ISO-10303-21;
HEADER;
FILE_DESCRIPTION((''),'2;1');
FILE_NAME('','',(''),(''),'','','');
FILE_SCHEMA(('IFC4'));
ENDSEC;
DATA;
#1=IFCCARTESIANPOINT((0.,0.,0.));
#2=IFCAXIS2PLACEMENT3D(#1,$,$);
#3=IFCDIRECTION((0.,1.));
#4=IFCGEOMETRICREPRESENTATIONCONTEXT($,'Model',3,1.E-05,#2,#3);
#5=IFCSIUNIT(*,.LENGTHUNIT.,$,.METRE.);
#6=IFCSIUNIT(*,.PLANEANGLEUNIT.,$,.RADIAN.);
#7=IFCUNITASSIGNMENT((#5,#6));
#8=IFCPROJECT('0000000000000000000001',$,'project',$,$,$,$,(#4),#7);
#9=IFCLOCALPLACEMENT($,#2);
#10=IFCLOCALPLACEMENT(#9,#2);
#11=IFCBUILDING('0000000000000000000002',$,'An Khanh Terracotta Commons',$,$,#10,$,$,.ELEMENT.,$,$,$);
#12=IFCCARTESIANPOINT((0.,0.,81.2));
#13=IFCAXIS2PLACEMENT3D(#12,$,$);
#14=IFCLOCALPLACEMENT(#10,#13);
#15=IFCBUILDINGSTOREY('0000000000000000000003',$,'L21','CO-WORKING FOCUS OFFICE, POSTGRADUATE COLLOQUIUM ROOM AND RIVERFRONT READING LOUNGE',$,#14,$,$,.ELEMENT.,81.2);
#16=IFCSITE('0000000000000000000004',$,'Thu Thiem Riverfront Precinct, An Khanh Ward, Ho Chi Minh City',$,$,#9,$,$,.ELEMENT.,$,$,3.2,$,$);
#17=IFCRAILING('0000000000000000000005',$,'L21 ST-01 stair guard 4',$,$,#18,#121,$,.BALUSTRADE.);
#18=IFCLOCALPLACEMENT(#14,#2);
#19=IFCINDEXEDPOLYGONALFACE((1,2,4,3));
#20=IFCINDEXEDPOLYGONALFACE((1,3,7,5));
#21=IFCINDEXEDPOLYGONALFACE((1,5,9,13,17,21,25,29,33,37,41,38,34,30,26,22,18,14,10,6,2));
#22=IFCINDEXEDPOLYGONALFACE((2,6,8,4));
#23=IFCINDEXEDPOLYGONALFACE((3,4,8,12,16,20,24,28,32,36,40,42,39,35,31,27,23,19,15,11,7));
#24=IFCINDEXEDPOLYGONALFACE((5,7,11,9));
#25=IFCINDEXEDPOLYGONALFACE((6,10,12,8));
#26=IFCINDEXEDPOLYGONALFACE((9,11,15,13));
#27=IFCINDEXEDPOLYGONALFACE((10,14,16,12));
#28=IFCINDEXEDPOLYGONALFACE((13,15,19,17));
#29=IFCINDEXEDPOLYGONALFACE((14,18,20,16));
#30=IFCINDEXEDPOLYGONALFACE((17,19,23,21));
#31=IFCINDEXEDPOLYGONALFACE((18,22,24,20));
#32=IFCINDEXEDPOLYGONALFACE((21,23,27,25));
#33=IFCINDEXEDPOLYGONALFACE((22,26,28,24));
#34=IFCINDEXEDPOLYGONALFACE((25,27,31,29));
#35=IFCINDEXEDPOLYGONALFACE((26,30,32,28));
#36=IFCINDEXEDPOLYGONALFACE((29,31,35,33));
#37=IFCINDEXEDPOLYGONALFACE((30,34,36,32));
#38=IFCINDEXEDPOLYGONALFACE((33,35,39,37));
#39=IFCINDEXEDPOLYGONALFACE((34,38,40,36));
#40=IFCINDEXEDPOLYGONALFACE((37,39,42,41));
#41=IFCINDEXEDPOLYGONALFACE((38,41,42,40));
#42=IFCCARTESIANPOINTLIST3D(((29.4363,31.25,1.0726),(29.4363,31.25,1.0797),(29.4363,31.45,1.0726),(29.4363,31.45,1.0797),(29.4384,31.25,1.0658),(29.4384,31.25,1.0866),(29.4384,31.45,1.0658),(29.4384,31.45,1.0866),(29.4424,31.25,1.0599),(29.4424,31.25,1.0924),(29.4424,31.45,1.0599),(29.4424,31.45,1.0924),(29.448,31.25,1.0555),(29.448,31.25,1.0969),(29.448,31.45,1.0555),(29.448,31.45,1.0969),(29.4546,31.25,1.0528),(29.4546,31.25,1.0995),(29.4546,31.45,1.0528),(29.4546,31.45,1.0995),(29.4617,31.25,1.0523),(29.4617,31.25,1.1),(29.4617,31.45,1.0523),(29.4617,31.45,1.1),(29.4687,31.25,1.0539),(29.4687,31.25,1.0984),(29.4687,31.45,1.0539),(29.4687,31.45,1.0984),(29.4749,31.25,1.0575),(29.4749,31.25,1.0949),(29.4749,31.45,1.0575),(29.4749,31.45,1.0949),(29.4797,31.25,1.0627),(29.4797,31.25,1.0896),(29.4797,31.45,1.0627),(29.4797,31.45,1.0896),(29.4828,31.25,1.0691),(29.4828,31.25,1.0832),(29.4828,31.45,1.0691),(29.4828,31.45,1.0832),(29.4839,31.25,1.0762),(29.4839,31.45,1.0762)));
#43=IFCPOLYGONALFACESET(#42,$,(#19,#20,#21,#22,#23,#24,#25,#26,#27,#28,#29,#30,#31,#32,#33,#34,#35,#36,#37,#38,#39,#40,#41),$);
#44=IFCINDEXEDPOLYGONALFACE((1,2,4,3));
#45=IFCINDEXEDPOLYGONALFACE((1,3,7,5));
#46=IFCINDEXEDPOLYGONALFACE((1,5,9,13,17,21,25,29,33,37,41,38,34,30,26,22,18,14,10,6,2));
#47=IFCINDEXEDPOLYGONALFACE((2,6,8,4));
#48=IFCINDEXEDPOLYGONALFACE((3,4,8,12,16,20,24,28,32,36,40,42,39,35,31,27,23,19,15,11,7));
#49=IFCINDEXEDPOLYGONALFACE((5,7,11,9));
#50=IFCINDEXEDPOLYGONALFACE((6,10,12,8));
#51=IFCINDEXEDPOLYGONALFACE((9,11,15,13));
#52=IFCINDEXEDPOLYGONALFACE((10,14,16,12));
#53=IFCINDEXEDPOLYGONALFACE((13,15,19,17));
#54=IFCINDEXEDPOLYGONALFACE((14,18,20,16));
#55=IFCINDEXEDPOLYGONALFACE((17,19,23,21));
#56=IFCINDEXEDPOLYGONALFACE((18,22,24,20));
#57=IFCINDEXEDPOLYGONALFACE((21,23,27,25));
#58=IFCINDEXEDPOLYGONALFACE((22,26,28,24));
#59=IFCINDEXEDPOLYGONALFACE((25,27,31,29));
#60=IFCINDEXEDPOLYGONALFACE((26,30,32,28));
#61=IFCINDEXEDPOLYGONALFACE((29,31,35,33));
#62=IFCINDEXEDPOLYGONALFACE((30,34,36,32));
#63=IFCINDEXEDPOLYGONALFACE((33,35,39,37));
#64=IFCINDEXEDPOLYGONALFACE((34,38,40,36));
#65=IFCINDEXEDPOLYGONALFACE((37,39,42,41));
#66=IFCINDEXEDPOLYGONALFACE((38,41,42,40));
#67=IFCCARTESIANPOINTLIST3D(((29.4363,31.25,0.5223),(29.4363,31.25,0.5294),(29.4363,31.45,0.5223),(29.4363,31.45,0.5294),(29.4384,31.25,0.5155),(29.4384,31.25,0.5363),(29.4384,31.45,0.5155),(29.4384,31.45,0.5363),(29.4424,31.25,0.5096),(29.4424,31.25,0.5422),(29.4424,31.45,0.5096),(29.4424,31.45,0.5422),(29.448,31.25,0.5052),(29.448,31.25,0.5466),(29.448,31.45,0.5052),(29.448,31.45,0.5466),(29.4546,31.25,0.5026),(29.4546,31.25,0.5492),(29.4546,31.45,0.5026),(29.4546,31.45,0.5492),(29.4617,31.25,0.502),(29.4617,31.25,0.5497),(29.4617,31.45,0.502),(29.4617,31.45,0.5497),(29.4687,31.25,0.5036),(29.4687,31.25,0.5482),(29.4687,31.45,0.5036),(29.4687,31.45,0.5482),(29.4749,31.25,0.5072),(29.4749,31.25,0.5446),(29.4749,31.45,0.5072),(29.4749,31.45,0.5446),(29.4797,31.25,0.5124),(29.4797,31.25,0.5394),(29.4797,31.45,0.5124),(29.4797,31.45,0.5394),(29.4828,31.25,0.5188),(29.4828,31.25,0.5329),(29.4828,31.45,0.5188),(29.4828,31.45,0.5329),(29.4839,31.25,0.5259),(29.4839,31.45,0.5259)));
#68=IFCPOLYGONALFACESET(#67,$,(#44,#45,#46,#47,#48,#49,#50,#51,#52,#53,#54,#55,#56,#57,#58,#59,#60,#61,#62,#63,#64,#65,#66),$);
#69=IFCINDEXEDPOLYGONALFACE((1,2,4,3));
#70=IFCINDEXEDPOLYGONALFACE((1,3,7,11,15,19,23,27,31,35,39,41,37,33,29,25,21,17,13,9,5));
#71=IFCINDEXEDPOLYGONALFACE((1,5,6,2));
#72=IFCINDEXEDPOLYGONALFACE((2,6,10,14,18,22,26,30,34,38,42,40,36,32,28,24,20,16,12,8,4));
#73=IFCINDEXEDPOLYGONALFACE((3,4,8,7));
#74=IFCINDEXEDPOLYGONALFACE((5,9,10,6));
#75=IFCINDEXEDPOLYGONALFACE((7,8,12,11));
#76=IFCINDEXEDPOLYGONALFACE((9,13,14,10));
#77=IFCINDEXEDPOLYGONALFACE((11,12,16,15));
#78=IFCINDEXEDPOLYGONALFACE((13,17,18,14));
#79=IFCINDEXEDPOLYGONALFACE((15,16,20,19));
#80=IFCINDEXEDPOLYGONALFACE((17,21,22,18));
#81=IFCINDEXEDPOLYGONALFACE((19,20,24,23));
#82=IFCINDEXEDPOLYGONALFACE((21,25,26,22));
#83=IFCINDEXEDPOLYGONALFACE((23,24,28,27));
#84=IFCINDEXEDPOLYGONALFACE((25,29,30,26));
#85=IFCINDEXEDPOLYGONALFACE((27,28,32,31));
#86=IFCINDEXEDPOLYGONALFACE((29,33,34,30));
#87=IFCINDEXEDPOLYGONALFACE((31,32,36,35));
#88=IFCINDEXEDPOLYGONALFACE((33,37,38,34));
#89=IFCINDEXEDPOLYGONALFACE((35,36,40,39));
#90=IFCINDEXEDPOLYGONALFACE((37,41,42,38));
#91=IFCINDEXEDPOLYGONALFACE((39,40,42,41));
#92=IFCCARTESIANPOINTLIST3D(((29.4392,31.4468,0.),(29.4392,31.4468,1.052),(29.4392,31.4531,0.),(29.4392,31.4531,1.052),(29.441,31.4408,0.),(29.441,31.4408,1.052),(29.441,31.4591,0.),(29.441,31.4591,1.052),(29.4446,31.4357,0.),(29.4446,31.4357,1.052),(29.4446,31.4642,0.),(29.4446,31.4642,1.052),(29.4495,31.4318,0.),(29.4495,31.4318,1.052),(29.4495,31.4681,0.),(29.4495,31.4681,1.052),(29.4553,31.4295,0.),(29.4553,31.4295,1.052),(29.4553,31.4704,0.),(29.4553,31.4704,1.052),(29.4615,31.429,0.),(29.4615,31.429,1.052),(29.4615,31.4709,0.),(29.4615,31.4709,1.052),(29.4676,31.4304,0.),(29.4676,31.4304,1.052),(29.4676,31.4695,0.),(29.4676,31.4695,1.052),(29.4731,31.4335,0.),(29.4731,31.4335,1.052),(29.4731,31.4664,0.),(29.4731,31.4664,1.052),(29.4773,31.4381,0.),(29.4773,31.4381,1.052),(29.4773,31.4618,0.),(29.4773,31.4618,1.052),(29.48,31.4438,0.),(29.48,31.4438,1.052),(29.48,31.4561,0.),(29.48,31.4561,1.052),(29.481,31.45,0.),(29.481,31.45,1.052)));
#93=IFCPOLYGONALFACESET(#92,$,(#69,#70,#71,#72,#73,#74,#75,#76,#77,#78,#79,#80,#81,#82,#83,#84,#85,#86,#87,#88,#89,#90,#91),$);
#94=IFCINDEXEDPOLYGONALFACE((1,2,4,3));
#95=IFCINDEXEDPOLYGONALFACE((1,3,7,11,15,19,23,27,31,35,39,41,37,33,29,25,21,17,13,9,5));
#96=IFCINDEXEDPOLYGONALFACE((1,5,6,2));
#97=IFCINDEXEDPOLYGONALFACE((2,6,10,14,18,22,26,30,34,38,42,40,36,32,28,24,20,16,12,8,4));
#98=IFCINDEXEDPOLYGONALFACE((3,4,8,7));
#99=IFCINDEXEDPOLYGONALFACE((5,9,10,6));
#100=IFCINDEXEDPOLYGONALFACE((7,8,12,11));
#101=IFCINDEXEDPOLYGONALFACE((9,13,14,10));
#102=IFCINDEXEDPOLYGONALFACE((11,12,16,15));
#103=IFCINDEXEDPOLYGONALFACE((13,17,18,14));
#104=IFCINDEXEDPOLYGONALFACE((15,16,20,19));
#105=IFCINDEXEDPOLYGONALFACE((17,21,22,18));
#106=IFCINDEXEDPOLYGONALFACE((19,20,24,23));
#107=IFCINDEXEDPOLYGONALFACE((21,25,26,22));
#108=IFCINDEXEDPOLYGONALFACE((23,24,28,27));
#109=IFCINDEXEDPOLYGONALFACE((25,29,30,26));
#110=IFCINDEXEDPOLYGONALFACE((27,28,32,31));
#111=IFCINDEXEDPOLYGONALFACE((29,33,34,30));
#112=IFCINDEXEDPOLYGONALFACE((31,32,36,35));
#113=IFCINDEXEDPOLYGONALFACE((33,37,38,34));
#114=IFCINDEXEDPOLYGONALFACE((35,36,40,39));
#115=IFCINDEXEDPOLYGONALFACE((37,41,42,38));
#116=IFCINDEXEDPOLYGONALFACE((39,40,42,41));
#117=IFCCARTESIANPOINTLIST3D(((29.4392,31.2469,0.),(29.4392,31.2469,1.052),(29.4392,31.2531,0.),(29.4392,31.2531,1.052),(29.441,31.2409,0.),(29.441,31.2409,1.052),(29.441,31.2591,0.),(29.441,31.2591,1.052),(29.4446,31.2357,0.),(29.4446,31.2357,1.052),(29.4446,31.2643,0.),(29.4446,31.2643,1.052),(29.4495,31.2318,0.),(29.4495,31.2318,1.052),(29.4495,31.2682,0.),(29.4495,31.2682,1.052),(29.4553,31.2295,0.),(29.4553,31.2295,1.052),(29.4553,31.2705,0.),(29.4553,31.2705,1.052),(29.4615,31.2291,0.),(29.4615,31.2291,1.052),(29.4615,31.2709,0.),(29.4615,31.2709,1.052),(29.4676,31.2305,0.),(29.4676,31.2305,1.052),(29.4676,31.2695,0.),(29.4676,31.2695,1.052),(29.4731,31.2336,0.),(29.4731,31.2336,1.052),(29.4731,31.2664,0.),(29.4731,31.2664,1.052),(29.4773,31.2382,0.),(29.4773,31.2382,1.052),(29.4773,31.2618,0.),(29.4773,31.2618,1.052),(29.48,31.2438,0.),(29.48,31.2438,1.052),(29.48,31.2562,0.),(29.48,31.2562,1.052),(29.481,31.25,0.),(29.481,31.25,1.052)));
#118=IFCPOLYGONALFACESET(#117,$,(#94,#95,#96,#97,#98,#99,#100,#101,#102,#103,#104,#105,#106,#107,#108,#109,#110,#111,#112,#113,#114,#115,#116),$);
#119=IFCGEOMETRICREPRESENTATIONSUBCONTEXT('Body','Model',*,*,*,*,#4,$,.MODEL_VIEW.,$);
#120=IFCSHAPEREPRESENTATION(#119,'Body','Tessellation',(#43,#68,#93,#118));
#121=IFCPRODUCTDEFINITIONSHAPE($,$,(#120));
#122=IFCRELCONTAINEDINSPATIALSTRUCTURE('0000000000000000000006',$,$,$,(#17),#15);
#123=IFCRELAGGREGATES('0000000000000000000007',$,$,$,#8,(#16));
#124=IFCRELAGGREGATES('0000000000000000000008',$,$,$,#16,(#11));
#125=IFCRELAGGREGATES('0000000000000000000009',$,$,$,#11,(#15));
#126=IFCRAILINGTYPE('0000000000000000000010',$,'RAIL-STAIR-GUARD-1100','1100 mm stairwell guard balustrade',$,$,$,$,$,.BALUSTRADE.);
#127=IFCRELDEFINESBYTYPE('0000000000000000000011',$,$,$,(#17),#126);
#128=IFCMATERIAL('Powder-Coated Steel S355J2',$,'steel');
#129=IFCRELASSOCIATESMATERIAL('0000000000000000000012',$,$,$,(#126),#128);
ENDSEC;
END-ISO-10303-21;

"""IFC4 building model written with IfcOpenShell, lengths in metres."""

from ifc_helpers import new_model, si_unit, direction, frame, origin, origin_2d, place, context, subcontext, project, spatial, circle, extrude, material, type_object, element, save


model = new_model("IFC4")

# Units and contexts
model_context = context("Model", 3, precision=1e-05, world=origin(), true_north=direction((0.0, 1.0)))
body_context = subcontext(model_context, "Body", "Model", "MODEL_VIEW")
ifc_project = project(units=[si_unit("LENGTHUNIT", "METRE"), si_unit("PLANEANGLEUNIT", "RADIAN")], contexts=[model_context])

# Site, building, storey
site_placement = place(None, origin())
site = spatial("IfcSite", under=ifc_project, at=site_placement, Name="Thu Thiem Riverfront Precinct, An Khanh Ward, Ho Chi Minh City", CompositionType="ELEMENT", RefElevation=3.2)
building_placement = place(site_placement, origin())
building = spatial("IfcBuilding", under=site, at=building_placement, Name="An Khanh Terracotta Commons", CompositionType="ELEMENT")
storey_placement = place(building_placement, frame((0.0, 0.0, 81.2)))
storey = spatial("IfcBuildingStorey", under=building, at=storey_placement, Name="L21", Description="CO-WORKING FOCUS OFFICE, POSTGRADUATE COLLOQUIUM ROOM AND RIVERFRONT READING LOUNGE", CompositionType="ELEMENT", Elevation=81.2)

# Railing
ifc_material_1 = material(Name="Powder-Coated Steel S355J2", Category="steel")
railing_type_1 = type_object("IfcRailingType", Name="RAIL-STAIR-GUARD-1100", Description="1100 mm stairwell guard balustrade", PredefinedType="BALUSTRADE", material=ifc_material_1)
railing_1_placement = place(storey_placement, frame((29.46, 31.45, 0.0)))
element("IfcRailing", 1, at=railing_1_placement, inside=storey, type_object=railing_type_1, Name="L21 ST-01 stair guard 4", PredefinedType="BALUSTRADE", context=body_context, shape_type="SweptSolid", body=[
    extrude(circle(Radius=0.0239, at=origin_2d()), frame((0.0, 0.0, 1.0762), z_axis=(0.0, -1.0, 0.0), x_axis=(1.0, 0.0, 0.0)), (0.0, 0.0, 1.0), 0.2),
    extrude(circle(Radius=0.0239, at=origin_2d()), frame((0.0, 0.0, 0.5259), z_axis=(0.0, -1.0, 0.0), x_axis=(1.0, 0.0, 0.0)), (0.0, 0.0, 1.0), 0.2),
    extrude(circle(Radius=0.021, at=origin_2d()), origin(), (0.0, 0.0, 1.0), 1.052),
    extrude(circle(Radius=0.021, at=origin_2d()), frame((0.0, -0.2, 0.0)), (0.0, 0.0, 1.0), 1.052),
])

save(model, "model.ifc")
